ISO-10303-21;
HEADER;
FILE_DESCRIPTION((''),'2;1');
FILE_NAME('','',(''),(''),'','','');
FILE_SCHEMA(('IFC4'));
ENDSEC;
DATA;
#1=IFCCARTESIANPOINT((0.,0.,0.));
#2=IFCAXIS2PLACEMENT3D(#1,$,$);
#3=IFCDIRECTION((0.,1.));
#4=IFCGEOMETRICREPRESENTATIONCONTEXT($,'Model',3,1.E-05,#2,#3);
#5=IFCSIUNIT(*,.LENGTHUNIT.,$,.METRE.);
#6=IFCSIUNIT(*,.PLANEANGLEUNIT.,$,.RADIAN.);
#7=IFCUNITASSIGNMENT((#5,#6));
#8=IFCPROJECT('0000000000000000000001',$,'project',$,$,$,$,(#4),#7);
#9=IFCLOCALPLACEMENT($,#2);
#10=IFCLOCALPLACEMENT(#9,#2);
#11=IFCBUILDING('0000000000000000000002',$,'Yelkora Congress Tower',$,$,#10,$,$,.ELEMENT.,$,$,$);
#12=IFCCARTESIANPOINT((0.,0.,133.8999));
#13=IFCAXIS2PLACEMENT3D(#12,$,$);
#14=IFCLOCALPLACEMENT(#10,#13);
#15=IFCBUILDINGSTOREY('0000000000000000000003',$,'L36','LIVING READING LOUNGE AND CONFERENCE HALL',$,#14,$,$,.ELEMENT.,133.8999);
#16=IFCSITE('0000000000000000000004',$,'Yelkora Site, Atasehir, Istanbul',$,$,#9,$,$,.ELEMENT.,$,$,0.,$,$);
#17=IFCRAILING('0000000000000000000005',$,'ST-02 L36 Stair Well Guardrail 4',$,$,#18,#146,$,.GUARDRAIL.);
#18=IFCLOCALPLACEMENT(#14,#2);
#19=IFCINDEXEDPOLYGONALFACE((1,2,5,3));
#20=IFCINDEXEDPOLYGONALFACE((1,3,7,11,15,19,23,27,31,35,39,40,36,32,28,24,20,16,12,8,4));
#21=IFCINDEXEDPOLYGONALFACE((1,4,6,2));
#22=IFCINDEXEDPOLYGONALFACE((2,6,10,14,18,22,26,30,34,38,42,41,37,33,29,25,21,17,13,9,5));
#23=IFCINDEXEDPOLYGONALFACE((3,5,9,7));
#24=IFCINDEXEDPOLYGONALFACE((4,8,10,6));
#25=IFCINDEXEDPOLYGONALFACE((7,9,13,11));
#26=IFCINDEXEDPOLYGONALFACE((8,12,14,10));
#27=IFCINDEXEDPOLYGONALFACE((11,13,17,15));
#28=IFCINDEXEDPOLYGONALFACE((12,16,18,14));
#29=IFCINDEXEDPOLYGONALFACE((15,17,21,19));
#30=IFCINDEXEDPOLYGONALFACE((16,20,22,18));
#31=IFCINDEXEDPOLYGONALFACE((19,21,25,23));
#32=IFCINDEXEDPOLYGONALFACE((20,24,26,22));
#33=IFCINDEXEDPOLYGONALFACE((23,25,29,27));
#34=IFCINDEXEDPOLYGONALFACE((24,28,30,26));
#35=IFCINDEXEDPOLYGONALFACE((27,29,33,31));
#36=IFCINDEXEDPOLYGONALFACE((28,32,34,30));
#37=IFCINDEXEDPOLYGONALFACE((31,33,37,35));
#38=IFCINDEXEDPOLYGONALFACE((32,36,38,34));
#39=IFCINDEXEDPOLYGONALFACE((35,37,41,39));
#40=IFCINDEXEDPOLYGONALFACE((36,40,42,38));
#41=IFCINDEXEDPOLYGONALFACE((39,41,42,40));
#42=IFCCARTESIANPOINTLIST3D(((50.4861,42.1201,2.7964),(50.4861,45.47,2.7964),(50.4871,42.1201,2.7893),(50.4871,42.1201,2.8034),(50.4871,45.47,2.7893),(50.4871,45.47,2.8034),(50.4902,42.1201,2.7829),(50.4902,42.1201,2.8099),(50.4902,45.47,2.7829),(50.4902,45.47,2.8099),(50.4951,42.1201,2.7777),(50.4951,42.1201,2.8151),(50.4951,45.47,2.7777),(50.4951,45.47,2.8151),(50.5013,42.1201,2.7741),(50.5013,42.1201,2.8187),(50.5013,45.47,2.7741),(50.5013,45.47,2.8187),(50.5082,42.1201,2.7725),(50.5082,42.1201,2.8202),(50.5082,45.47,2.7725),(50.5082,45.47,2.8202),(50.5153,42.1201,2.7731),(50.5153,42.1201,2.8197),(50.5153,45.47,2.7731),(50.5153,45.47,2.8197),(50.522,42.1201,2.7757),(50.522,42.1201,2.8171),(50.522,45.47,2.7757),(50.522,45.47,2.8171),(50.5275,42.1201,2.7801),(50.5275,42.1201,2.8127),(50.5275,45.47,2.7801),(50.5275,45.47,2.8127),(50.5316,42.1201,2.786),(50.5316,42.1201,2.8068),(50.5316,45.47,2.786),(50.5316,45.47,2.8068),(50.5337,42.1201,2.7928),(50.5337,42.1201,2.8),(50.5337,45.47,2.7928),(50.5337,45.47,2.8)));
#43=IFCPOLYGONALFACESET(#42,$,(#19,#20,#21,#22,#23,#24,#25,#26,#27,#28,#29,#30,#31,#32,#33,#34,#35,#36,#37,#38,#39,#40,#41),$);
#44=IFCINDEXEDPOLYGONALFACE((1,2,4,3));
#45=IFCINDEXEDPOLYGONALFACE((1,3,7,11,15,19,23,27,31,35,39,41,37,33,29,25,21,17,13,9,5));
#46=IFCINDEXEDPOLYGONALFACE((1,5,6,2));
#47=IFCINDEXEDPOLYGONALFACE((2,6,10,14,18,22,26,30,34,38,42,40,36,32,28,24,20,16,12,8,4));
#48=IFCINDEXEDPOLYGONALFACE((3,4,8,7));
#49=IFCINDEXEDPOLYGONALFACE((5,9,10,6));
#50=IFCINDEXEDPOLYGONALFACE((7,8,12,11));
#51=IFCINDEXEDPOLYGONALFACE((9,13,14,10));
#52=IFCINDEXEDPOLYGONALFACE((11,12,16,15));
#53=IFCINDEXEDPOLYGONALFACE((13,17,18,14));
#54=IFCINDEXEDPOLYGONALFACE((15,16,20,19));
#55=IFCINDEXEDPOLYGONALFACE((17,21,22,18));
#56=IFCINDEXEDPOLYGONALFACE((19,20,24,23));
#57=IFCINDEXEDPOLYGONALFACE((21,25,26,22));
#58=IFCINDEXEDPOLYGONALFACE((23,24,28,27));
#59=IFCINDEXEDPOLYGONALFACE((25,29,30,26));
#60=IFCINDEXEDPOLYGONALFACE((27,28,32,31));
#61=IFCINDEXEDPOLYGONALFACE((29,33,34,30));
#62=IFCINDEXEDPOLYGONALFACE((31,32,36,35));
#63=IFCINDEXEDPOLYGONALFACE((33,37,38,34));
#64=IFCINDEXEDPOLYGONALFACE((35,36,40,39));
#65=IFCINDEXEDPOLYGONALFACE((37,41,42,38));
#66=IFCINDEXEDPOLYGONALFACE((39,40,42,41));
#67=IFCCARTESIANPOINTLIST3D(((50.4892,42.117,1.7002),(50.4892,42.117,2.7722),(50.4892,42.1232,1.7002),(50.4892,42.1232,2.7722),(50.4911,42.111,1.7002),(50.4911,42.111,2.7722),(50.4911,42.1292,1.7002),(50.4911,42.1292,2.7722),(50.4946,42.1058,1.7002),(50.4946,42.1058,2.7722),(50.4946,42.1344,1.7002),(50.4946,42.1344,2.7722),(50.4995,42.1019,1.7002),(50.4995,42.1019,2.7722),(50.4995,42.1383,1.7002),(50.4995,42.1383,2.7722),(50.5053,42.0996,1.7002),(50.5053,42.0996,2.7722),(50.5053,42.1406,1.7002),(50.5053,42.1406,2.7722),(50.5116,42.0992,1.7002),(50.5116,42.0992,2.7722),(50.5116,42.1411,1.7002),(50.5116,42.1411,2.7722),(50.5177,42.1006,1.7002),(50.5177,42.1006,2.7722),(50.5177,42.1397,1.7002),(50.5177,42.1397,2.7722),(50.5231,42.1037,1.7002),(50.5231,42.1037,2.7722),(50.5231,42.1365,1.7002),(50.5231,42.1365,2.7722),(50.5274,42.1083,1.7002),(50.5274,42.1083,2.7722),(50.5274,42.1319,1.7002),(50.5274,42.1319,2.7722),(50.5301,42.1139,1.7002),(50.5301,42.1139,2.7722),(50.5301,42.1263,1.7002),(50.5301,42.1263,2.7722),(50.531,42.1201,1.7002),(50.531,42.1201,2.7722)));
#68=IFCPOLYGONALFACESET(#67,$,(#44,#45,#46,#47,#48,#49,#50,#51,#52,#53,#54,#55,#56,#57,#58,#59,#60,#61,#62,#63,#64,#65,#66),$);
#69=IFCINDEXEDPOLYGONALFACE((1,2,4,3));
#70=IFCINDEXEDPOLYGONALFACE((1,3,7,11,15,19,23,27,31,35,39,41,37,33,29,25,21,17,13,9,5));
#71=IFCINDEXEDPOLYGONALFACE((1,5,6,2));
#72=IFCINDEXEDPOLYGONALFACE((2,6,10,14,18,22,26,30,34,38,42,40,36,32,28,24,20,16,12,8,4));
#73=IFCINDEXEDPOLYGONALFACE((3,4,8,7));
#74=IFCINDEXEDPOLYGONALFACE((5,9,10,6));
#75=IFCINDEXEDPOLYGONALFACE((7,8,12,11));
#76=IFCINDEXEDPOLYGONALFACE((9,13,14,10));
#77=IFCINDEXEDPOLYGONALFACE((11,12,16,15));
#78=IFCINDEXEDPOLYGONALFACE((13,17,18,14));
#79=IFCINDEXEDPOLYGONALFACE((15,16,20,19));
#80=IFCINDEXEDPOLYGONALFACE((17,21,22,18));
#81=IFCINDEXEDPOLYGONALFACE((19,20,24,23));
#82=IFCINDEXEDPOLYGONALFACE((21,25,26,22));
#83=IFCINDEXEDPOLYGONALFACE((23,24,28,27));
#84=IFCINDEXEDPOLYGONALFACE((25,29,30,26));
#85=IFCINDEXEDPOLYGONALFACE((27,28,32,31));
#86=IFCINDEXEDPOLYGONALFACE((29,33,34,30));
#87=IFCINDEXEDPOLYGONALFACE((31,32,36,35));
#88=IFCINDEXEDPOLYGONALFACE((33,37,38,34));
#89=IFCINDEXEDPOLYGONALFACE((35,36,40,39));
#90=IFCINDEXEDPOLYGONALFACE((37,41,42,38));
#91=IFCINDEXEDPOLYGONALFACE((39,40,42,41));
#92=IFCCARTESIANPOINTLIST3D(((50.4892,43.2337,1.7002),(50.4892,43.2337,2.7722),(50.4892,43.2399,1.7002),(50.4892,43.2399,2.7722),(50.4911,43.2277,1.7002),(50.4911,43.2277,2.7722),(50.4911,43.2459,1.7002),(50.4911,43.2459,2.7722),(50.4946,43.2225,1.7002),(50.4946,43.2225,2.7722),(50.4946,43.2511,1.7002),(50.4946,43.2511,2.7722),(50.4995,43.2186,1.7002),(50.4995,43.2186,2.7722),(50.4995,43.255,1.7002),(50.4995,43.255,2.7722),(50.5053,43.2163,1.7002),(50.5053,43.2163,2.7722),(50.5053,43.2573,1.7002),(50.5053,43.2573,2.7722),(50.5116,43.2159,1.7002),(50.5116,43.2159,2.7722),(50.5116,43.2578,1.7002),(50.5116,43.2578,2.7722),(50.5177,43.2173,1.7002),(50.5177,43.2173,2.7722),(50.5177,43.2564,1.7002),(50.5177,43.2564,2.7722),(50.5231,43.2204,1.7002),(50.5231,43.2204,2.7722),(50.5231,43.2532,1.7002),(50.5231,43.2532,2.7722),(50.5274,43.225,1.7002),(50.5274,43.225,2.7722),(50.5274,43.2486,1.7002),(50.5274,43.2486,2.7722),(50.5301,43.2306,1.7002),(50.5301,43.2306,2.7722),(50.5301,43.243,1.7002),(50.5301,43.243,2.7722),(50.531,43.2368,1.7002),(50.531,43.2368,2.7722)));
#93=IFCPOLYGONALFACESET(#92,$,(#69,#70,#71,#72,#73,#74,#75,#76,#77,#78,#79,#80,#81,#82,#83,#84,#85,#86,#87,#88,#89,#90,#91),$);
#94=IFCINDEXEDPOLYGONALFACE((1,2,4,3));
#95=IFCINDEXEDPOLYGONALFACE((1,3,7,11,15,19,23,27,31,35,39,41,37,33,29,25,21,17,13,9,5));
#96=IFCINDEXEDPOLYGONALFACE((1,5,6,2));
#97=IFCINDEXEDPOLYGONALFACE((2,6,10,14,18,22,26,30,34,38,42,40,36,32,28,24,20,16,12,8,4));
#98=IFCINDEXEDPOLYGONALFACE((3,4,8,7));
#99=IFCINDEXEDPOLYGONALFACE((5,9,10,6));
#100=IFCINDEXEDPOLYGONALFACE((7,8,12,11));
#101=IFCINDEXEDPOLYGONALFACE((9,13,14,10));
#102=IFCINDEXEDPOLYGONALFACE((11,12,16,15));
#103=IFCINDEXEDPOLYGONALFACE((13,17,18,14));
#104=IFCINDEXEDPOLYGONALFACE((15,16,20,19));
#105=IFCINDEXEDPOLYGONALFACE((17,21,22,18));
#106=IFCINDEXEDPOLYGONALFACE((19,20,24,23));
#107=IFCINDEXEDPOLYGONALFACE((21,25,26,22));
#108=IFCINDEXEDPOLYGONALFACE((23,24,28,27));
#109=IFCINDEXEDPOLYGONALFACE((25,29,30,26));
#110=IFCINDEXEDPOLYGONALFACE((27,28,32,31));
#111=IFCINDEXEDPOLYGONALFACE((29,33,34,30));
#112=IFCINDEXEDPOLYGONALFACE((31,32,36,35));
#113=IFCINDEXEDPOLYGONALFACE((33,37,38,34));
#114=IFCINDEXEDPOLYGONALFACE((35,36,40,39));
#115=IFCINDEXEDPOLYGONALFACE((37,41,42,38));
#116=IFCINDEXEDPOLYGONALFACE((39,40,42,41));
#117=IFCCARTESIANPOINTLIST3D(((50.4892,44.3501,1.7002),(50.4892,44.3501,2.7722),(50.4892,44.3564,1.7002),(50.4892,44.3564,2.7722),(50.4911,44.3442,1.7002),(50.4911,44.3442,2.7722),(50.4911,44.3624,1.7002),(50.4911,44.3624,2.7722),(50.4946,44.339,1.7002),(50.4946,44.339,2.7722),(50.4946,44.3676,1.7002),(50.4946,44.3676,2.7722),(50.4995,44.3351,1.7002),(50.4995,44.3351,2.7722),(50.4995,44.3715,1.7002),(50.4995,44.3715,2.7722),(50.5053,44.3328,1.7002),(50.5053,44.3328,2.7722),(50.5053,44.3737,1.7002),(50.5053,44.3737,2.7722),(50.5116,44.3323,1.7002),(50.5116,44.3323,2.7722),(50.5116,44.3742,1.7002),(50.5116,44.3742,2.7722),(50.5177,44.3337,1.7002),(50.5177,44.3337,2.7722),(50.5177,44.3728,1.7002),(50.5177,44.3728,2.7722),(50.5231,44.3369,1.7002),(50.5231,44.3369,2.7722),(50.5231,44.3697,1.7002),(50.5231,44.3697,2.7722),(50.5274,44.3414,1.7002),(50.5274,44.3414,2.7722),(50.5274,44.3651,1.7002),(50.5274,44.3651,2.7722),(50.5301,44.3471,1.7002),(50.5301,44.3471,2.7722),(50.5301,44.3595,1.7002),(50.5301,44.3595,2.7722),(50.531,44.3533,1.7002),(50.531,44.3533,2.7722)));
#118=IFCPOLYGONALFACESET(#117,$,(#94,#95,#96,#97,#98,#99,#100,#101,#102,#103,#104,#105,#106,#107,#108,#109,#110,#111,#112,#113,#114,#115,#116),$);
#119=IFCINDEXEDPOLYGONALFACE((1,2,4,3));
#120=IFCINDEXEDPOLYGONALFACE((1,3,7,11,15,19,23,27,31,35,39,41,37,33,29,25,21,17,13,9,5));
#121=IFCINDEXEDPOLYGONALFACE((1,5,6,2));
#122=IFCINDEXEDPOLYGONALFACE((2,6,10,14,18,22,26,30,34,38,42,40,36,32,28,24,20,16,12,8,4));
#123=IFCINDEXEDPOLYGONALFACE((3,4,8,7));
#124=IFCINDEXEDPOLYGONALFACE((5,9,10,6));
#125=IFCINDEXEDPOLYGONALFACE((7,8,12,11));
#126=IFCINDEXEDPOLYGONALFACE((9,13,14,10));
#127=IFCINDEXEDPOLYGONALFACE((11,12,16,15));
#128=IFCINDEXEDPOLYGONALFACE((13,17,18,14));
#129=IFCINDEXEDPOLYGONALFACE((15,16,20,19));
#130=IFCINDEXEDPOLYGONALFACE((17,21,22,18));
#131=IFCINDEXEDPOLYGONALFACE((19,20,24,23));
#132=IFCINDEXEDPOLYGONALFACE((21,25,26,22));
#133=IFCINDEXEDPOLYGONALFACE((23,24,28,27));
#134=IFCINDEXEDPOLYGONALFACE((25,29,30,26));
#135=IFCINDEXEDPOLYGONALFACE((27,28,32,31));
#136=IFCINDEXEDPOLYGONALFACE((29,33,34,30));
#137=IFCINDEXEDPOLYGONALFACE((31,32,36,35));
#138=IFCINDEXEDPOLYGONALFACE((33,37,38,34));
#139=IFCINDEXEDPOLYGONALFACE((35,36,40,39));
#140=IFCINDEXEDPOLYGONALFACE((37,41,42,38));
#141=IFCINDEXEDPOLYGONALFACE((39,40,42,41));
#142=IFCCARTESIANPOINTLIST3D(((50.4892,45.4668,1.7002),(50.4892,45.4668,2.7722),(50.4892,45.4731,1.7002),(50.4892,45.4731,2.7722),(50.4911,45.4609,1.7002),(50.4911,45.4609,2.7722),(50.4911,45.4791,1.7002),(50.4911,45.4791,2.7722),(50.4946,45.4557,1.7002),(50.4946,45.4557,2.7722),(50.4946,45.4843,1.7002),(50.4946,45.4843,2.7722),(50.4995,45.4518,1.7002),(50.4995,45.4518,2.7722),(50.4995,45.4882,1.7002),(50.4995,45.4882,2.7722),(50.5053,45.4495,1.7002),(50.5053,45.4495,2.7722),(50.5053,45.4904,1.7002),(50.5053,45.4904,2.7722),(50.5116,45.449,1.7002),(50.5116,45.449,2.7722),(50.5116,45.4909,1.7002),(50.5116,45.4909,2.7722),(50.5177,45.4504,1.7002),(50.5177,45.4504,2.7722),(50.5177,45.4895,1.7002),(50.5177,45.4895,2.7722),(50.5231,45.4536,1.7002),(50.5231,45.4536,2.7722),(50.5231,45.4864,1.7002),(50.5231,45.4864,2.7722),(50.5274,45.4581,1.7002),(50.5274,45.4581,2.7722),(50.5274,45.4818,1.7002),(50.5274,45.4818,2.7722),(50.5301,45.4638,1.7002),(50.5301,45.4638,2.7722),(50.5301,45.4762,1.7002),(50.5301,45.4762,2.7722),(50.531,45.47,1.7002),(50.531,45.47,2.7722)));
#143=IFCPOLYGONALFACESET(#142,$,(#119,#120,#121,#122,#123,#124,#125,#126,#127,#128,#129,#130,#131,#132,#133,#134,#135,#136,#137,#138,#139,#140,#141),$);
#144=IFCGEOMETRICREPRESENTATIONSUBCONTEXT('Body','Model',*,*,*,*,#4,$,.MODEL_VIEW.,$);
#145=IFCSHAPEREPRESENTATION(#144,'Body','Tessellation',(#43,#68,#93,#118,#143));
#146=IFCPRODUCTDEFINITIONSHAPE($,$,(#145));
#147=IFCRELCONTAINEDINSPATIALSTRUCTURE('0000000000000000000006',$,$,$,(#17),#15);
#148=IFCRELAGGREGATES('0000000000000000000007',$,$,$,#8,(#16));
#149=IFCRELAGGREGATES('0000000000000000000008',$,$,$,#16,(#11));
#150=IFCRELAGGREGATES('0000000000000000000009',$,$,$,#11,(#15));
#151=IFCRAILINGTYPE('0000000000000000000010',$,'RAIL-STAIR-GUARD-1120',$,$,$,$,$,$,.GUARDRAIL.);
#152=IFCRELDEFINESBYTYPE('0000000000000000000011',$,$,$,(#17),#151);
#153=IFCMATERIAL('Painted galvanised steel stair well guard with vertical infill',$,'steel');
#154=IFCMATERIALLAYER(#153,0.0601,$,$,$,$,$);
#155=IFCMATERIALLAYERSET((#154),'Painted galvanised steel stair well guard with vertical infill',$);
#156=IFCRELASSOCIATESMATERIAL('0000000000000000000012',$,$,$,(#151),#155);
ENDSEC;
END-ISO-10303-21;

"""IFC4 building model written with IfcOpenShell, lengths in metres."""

from ifc_helpers import new_model, si_unit, direction, frame, origin, origin_2d, place, context, subcontext, project, spatial, circle, extrude, material, layer, layer_set, type_object, element, save


model = new_model("IFC4")

# Units and contexts
model_context = context("Model", 3, precision=1e-05, world=origin(), true_north=direction((0.0, 1.0)))
body_context = subcontext(model_context, "Body", "Model", "MODEL_VIEW")
ifc_project = project(units=[si_unit("LENGTHUNIT", "METRE"), si_unit("PLANEANGLEUNIT", "RADIAN")], contexts=[model_context])

# Site, building, storey
site_placement = place(None, origin())
site = spatial("IfcSite", under=ifc_project, at=site_placement, Name="Yelkora Site, Atasehir, Istanbul", CompositionType="ELEMENT", RefElevation=0.0)
building_placement = place(site_placement, origin())
building = spatial("IfcBuilding", under=site, at=building_placement, Name="Yelkora Congress Tower", CompositionType="ELEMENT")
storey_placement = place(building_placement, frame((0.0, 0.0, 133.8999)))
storey = spatial("IfcBuildingStorey", under=building, at=storey_placement, Name="L36", Description="LIVING READING LOUNGE AND CONFERENCE HALL", CompositionType="ELEMENT", Elevation=133.8999)

# Railing
ifc_material_1 = material(Name="Painted galvanised steel stair well guard with vertical infill", Category="steel")
ifc_layer_1 = layer(ifc_material_1, 0.0601)
ifc_layer_set_1 = layer_set([ifc_layer_1], Name="Painted galvanised steel stair well guard with vertical infill")
railing_type_1 = type_object("IfcRailingType", Name="RAIL-STAIR-GUARD-1120", PredefinedType="GUARDRAIL", material=ifc_layer_set_1)
for number, where, name in (
    (1, (50.51, 42.1201, 1.7002), "ST-02 L36 Stair Well Guardrail 4"),
):
    element("IfcRailing", number, at=place(storey_placement, frame(where)), inside=storey, type_object=railing_type_1, Name=name, PredefinedType="GUARDRAIL", context=body_context, shape_type="SweptSolid", body=[
        extrude(circle(Radius=0.0239, at=origin_2d()), frame((0.0, 0.0, 1.0962), z_axis=(0.0, 1.0, 0.0), x_axis=(-1.0, 0.0, 0.0)), (0.0, 0.0, 1.0), 3.3499),
        extrude(circle(Radius=0.021, at=origin_2d()), origin(), (0.0, 0.0, 1.0), 1.072),
        extrude(circle(Radius=0.021, at=origin_2d()), frame((0.0, 1.1167, 0.0)), (0.0, 0.0, 1.0), 1.072),
        extrude(circle(Radius=0.021, at=origin_2d()), frame((0.0, 2.2332, 0.0)), (0.0, 0.0, 1.0), 1.072),
        extrude(circle(Radius=0.021, at=origin_2d()), frame((0.0, 3.3499, 0.0)), (0.0, 0.0, 1.0), 1.072),
    ])

save(model, "model.ifc")
